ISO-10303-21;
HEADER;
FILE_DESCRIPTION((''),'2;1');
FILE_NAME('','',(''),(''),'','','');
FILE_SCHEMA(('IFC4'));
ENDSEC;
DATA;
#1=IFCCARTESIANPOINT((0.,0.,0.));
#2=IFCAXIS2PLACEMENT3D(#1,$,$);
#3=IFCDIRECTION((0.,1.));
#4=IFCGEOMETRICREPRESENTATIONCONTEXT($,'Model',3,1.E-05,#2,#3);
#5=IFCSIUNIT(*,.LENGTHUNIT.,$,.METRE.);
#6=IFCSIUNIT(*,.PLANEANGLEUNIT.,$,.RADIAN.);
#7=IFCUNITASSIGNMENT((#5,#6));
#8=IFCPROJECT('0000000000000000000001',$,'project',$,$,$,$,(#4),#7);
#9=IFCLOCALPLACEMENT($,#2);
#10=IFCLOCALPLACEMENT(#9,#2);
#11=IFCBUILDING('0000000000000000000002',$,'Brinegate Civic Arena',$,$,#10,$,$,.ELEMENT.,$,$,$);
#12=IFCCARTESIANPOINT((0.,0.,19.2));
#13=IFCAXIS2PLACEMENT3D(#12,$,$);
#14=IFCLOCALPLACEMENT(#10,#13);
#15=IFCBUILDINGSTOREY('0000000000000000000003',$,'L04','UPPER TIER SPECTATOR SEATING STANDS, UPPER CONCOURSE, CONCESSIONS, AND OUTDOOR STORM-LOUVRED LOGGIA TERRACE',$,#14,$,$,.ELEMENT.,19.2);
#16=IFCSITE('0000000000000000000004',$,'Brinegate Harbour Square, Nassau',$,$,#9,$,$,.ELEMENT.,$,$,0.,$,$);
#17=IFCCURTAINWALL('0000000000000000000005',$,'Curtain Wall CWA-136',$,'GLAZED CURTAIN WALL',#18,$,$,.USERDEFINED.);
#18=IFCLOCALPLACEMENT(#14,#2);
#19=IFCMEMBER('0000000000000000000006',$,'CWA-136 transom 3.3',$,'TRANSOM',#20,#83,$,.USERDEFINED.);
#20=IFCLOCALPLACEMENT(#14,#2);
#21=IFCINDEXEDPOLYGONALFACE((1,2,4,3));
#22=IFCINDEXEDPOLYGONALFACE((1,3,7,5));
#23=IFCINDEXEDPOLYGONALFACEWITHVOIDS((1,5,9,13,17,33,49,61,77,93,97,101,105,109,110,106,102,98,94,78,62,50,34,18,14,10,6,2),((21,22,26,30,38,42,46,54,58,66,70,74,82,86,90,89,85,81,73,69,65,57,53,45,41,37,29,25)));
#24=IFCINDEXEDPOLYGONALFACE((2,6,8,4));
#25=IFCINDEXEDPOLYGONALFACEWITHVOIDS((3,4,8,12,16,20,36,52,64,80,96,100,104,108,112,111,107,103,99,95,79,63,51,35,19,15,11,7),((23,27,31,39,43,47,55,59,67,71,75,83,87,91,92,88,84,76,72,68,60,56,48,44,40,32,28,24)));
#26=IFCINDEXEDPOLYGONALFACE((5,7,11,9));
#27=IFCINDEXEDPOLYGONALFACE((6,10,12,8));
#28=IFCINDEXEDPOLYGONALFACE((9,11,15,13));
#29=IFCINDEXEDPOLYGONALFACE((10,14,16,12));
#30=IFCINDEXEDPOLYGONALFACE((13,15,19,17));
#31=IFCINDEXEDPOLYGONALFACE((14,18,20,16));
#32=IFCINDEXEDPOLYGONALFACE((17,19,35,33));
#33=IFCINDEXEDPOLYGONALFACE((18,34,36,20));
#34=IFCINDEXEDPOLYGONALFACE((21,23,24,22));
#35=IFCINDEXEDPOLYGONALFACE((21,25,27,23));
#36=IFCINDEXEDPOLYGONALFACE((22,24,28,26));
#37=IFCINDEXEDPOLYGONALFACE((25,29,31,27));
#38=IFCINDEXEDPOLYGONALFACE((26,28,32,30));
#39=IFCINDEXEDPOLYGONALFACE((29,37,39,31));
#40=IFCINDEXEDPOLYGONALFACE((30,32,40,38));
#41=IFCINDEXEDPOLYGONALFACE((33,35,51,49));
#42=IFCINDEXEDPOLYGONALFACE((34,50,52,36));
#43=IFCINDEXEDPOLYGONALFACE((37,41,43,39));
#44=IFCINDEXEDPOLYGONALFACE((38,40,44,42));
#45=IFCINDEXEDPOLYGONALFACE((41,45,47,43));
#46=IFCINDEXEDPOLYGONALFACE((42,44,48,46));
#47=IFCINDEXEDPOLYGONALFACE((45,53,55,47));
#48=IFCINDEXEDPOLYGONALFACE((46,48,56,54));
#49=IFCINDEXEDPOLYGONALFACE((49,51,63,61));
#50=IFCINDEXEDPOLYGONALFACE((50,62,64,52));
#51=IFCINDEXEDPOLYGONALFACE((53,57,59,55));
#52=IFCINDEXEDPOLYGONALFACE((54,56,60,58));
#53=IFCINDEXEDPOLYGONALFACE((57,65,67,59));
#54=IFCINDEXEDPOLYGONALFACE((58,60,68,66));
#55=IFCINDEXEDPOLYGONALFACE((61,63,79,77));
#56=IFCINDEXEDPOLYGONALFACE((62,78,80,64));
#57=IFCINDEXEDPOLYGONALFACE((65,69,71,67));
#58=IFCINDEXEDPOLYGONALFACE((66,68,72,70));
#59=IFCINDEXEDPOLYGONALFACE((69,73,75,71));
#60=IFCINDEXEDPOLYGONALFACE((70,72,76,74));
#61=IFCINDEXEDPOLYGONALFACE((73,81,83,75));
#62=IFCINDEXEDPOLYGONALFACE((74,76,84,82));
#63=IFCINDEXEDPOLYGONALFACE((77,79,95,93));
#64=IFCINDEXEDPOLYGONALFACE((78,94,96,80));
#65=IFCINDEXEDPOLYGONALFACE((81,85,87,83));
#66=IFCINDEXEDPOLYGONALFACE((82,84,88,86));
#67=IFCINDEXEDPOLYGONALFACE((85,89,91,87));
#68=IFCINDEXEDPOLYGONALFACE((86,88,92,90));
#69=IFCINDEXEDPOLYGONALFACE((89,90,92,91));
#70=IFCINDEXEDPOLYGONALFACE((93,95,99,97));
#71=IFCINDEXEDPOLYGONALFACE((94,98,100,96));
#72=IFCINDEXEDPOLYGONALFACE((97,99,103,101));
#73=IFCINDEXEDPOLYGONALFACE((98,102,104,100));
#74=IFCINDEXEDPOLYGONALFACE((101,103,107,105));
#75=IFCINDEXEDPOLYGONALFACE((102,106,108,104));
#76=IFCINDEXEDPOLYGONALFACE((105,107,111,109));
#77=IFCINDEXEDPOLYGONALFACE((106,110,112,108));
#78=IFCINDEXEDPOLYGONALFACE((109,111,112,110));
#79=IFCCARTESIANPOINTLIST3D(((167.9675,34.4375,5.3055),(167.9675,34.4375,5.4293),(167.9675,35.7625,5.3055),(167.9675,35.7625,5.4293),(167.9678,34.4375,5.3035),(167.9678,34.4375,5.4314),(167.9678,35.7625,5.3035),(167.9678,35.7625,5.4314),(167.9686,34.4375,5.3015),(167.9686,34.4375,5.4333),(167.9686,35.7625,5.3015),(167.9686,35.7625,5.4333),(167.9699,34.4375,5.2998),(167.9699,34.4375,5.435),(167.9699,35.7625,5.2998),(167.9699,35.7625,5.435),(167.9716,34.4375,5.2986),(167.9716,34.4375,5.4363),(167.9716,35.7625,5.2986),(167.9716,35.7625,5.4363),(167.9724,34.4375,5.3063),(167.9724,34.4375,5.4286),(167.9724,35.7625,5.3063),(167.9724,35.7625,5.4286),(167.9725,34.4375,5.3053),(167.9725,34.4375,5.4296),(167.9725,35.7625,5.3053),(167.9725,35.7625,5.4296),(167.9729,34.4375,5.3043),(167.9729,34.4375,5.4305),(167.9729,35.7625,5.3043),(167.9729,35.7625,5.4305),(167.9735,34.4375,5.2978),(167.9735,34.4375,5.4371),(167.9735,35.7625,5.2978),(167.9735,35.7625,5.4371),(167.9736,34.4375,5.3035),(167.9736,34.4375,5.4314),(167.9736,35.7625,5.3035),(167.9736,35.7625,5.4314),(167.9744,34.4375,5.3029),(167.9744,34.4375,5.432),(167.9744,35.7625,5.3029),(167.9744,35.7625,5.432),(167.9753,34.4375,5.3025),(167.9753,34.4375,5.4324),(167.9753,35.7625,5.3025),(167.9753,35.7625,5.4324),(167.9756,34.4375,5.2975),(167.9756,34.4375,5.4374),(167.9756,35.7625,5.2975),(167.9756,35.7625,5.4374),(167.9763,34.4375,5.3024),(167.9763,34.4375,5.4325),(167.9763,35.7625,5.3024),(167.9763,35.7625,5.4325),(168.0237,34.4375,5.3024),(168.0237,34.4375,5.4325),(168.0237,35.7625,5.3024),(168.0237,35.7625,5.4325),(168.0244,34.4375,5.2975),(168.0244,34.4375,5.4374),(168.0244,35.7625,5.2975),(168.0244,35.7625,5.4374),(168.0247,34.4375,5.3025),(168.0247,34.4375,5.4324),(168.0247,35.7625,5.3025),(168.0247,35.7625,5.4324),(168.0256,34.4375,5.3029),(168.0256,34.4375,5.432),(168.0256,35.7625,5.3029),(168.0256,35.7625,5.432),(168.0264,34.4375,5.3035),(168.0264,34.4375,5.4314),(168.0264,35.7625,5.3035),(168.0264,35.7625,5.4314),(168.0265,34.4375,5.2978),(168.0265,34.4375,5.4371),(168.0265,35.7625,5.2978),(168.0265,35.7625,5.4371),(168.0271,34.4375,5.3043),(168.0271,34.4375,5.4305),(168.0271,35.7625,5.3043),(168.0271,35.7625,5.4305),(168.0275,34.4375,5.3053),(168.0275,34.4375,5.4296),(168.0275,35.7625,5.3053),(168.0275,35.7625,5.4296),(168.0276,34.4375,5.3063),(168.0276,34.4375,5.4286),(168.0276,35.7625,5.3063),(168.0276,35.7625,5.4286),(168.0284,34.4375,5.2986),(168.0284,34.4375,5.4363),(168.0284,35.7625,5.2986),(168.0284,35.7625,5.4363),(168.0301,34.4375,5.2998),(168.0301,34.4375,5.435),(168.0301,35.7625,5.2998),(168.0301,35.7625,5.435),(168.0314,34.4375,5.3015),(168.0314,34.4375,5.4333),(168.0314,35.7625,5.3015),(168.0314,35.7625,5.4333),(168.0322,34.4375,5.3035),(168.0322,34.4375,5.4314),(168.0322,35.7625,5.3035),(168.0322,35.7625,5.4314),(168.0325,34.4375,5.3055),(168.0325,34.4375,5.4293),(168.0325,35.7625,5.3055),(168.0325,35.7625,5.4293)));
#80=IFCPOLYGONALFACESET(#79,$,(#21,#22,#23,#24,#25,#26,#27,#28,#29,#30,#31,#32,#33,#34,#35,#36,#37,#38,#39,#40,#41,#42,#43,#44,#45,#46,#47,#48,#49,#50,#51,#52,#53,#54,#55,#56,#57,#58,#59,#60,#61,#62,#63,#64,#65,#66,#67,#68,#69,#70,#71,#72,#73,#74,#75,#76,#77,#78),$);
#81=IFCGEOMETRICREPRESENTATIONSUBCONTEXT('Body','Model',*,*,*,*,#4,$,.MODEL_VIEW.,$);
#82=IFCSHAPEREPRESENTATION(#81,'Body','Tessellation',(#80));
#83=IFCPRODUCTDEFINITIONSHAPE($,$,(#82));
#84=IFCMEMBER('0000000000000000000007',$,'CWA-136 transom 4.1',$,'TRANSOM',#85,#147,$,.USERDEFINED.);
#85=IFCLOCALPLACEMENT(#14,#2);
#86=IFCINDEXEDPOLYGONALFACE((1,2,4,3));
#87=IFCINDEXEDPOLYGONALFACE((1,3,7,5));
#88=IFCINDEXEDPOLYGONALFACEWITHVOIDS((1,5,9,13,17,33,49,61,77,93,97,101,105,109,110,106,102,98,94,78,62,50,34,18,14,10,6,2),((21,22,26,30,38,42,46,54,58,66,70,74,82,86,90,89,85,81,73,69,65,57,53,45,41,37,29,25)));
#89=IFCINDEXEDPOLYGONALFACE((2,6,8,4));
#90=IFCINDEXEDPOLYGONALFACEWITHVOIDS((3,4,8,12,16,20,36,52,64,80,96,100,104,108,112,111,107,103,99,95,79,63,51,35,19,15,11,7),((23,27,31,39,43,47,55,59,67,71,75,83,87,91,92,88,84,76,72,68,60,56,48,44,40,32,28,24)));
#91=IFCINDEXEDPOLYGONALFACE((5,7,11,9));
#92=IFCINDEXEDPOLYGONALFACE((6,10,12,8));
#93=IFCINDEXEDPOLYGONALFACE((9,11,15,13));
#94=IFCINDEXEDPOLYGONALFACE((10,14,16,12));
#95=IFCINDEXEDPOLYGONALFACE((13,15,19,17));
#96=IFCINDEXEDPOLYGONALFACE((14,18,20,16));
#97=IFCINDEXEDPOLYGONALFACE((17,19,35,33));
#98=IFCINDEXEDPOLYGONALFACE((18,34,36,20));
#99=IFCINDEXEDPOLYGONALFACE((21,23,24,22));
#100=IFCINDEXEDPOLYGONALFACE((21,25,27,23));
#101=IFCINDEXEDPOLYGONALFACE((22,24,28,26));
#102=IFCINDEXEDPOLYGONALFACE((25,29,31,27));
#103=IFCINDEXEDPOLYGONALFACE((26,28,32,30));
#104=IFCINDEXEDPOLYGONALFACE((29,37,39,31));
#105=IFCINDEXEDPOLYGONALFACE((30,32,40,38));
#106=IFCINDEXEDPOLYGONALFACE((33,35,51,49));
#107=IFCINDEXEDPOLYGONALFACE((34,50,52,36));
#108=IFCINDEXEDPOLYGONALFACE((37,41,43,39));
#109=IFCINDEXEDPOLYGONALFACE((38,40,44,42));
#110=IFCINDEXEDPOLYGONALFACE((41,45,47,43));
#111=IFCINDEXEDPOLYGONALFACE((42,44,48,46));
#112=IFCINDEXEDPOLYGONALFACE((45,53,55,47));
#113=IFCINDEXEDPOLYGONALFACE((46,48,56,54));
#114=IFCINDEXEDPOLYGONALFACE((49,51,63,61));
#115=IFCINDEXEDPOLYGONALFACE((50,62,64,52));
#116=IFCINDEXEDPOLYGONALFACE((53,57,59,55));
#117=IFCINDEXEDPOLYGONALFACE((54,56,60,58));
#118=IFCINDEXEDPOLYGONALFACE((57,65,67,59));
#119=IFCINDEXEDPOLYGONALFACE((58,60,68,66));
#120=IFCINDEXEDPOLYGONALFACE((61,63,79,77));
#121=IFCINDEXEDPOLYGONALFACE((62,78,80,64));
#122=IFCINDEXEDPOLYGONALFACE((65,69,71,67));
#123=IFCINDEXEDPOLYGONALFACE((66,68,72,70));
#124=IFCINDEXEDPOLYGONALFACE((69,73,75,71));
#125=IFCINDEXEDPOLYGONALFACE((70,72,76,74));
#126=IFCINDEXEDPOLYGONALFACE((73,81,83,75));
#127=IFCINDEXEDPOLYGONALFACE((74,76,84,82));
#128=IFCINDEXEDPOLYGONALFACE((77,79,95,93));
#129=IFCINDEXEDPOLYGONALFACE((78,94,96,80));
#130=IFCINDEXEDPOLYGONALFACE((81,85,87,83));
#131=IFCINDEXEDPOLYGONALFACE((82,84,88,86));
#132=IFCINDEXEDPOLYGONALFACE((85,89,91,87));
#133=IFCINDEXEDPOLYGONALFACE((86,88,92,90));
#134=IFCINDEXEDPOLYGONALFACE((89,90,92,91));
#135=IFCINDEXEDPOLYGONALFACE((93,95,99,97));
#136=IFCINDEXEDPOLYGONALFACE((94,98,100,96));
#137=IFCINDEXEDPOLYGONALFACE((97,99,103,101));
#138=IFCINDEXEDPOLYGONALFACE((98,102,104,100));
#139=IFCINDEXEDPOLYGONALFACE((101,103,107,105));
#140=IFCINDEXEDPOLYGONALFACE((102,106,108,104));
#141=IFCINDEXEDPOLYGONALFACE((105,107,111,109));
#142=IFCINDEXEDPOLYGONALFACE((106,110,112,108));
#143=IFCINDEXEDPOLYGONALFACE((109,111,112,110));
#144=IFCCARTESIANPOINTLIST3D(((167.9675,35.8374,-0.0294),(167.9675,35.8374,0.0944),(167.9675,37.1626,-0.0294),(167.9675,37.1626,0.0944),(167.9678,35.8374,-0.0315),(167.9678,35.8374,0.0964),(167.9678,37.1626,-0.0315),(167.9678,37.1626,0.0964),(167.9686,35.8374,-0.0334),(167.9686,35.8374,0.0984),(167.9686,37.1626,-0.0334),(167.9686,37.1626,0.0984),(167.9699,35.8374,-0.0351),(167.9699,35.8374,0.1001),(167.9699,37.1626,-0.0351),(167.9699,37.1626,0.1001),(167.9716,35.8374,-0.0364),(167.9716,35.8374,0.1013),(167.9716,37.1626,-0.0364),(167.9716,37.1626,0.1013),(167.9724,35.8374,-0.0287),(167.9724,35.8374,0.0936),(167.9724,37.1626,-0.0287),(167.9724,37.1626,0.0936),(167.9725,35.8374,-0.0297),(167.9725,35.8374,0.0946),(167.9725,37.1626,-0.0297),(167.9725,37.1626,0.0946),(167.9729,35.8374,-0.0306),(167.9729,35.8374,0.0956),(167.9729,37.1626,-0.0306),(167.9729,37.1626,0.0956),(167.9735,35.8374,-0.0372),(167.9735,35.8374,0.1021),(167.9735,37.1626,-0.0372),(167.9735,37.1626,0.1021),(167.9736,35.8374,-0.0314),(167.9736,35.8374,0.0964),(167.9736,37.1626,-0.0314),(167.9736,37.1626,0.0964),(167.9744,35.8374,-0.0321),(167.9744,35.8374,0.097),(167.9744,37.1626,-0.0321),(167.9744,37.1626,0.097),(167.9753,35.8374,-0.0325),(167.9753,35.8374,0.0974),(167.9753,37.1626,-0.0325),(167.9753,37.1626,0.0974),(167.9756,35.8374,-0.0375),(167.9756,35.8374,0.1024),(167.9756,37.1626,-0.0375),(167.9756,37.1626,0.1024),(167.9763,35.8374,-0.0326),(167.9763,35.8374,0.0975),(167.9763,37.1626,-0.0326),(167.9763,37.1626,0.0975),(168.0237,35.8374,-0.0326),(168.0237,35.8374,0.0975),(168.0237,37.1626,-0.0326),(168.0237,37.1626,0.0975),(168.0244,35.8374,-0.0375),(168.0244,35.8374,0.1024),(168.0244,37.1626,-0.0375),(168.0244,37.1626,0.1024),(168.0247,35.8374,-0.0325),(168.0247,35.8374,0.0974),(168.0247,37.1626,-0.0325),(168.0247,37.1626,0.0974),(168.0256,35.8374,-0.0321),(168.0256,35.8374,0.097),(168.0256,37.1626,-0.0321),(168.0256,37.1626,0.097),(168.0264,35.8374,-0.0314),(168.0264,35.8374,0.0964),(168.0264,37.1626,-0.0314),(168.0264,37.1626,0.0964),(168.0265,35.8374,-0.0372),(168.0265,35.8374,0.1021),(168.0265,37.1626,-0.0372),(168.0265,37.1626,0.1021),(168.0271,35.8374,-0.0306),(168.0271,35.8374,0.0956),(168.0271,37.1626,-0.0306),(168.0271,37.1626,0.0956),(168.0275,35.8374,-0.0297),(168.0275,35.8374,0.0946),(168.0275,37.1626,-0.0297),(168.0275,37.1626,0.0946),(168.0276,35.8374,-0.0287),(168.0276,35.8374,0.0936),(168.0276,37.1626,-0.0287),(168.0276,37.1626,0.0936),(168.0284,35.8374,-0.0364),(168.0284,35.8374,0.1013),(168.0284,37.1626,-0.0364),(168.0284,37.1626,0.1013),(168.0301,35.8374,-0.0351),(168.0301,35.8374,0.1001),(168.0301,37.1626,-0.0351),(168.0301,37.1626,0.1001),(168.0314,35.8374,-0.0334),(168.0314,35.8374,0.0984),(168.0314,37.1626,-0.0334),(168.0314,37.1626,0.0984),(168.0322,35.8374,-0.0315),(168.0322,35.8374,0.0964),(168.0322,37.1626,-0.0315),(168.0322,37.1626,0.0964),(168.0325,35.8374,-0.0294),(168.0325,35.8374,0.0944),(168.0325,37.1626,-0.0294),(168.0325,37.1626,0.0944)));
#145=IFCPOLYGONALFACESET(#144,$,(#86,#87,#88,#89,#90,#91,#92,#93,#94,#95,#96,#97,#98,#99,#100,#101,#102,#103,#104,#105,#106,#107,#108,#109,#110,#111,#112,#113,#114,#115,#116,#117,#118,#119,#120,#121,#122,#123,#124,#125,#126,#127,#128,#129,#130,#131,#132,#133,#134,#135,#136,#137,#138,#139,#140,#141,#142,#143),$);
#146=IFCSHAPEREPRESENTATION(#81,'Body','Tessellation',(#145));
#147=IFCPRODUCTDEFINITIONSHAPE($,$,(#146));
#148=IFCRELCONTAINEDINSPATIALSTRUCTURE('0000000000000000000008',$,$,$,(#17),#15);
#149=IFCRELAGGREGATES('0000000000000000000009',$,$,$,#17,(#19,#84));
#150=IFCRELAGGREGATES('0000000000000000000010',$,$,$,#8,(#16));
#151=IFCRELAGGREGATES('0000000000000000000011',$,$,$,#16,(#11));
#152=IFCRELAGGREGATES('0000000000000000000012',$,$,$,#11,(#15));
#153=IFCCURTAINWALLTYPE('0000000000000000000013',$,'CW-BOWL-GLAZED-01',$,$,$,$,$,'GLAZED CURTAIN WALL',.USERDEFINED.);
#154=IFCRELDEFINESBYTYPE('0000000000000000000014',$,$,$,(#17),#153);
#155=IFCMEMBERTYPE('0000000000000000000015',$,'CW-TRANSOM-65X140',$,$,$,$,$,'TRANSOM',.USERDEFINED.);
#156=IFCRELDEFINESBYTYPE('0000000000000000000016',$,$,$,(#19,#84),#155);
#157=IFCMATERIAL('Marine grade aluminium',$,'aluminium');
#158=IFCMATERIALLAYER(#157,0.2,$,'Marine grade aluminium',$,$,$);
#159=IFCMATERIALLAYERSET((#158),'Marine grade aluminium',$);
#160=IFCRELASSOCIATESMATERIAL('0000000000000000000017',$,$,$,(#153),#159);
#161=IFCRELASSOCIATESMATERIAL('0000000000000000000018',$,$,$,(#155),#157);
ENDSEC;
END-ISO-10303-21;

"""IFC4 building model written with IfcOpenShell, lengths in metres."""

from ifc_helpers import new_model, si_unit, direction, frame, origin, origin_2d, place, context, subcontext, project, spatial, hollow_rectangle, extrude, material, layer, layer_set, material_profile, profile_set, type_object, element, aggregate, save


model = new_model("IFC4")

# Units and contexts
model_context = context("Model", 3, precision=1e-05, world=origin(), true_north=direction((0.0, 1.0)))
body_context = subcontext(model_context, "Body", "Model", "MODEL_VIEW")
ifc_project = project(units=[si_unit("LENGTHUNIT", "METRE"), si_unit("PLANEANGLEUNIT", "RADIAN")], contexts=[model_context])

# Site, building, storey
site_placement = place(None, origin())
site = spatial("IfcSite", under=ifc_project, at=site_placement, Name="Brinegate Harbour Square, Nassau", CompositionType="ELEMENT", RefElevation=0.0)
building_placement = place(site_placement, origin())
building = spatial("IfcBuilding", under=site, at=building_placement, Name="Brinegate Civic Arena", CompositionType="ELEMENT")
storey_placement = place(building_placement, frame((0.0, 0.0, 19.2)))
storey = spatial("IfcBuildingStorey", under=building, at=storey_placement, Name="L04", Description="UPPER TIER SPECTATOR SEATING STANDS, UPPER CONCOURSE, CONCESSIONS, AND OUTDOOR STORM-LOUVRED LOGGIA TERRACE", CompositionType="ELEMENT", Elevation=19.2)

# Curtain wall, members
ifc_material_1 = material(Name="Marine grade aluminium", Category="aluminium")
ifc_layer_1 = layer(ifc_material_1, 0.2, Name="Marine grade aluminium")
ifc_layer_set_1 = layer_set([ifc_layer_1], Name="Marine grade aluminium")
curtain_wall_type = type_object("IfcCurtainWallType", Name="CW-BOWL-GLAZED-01", ElementType="GLAZED CURTAIN WALL", PredefinedType="USERDEFINED", material=ifc_layer_set_1)
curtain_wall_placement = place(storey_placement, origin())
curtain_wall = element("IfcCurtainWall", 1, at=curtain_wall_placement, inside=storey, type_object=curtain_wall_type, Name="Curtain Wall CWA-136", ObjectType="GLAZED CURTAIN WALL", PredefinedType="USERDEFINED")
ifc_material_profile_1 = material_profile(ifc_material_1, hollow_rectangle(XDim=0.0649, YDim=0.1399, WallThickness=0.0049, InnerFilletRadius=0.0039, OuterFilletRadius=0.0081, at=origin_2d()), Name="TRN65X140")
ifc_profile_set_1 = profile_set([ifc_material_profile_1], Name="Marine grade aluminium")
member_type_1 = type_object("IfcMemberType", Name="CW-TRANSOM-65X140", ElementType="TRANSOM", PredefinedType="USERDEFINED", material=ifc_profile_set_1)
member_1_placement = place(storey_placement, frame((168.0, 34.4375, 5.3674), z_axis=(0.0, 1.0, 0.0), x_axis=(-1.0, 0.0, 0.0)))
member_1 = element("IfcMember", 2, at=member_1_placement, type_object=member_type_1, Name="CWA-136 transom 3.3", ObjectType="TRANSOM", PredefinedType="USERDEFINED", context=body_context, shape_type="SweptSolid", body=[
    extrude(hollow_rectangle(XDim=0.0649, YDim=0.1399, WallThickness=0.0049, InnerFilletRadius=0.0039, OuterFilletRadius=0.0081, at=origin_2d()), origin(), (0.0, 0.0, 1.0), 1.325),
])
member_2_placement = place(storey_placement, frame((168.0, 35.8374, 0.0325), z_axis=(0.0, 1.0, 0.0), x_axis=(-1.0, 0.0, 0.0)))
member_2 = element("IfcMember", 3, at=member_2_placement, type_object=member_type_1, Name="CWA-136 transom 4.1", ObjectType="TRANSOM", PredefinedType="USERDEFINED", context=body_context, shape_type="SweptSolid", body=[
    extrude(hollow_rectangle(XDim=0.0649, YDim=0.1399, WallThickness=0.0049, InnerFilletRadius=0.0039, OuterFilletRadius=0.0081, at=origin_2d()), origin(), (0.0, 0.0, 1.0), 1.3252),
])
aggregate(curtain_wall, [member_1, member_2])

save(model, "model.ifc")
